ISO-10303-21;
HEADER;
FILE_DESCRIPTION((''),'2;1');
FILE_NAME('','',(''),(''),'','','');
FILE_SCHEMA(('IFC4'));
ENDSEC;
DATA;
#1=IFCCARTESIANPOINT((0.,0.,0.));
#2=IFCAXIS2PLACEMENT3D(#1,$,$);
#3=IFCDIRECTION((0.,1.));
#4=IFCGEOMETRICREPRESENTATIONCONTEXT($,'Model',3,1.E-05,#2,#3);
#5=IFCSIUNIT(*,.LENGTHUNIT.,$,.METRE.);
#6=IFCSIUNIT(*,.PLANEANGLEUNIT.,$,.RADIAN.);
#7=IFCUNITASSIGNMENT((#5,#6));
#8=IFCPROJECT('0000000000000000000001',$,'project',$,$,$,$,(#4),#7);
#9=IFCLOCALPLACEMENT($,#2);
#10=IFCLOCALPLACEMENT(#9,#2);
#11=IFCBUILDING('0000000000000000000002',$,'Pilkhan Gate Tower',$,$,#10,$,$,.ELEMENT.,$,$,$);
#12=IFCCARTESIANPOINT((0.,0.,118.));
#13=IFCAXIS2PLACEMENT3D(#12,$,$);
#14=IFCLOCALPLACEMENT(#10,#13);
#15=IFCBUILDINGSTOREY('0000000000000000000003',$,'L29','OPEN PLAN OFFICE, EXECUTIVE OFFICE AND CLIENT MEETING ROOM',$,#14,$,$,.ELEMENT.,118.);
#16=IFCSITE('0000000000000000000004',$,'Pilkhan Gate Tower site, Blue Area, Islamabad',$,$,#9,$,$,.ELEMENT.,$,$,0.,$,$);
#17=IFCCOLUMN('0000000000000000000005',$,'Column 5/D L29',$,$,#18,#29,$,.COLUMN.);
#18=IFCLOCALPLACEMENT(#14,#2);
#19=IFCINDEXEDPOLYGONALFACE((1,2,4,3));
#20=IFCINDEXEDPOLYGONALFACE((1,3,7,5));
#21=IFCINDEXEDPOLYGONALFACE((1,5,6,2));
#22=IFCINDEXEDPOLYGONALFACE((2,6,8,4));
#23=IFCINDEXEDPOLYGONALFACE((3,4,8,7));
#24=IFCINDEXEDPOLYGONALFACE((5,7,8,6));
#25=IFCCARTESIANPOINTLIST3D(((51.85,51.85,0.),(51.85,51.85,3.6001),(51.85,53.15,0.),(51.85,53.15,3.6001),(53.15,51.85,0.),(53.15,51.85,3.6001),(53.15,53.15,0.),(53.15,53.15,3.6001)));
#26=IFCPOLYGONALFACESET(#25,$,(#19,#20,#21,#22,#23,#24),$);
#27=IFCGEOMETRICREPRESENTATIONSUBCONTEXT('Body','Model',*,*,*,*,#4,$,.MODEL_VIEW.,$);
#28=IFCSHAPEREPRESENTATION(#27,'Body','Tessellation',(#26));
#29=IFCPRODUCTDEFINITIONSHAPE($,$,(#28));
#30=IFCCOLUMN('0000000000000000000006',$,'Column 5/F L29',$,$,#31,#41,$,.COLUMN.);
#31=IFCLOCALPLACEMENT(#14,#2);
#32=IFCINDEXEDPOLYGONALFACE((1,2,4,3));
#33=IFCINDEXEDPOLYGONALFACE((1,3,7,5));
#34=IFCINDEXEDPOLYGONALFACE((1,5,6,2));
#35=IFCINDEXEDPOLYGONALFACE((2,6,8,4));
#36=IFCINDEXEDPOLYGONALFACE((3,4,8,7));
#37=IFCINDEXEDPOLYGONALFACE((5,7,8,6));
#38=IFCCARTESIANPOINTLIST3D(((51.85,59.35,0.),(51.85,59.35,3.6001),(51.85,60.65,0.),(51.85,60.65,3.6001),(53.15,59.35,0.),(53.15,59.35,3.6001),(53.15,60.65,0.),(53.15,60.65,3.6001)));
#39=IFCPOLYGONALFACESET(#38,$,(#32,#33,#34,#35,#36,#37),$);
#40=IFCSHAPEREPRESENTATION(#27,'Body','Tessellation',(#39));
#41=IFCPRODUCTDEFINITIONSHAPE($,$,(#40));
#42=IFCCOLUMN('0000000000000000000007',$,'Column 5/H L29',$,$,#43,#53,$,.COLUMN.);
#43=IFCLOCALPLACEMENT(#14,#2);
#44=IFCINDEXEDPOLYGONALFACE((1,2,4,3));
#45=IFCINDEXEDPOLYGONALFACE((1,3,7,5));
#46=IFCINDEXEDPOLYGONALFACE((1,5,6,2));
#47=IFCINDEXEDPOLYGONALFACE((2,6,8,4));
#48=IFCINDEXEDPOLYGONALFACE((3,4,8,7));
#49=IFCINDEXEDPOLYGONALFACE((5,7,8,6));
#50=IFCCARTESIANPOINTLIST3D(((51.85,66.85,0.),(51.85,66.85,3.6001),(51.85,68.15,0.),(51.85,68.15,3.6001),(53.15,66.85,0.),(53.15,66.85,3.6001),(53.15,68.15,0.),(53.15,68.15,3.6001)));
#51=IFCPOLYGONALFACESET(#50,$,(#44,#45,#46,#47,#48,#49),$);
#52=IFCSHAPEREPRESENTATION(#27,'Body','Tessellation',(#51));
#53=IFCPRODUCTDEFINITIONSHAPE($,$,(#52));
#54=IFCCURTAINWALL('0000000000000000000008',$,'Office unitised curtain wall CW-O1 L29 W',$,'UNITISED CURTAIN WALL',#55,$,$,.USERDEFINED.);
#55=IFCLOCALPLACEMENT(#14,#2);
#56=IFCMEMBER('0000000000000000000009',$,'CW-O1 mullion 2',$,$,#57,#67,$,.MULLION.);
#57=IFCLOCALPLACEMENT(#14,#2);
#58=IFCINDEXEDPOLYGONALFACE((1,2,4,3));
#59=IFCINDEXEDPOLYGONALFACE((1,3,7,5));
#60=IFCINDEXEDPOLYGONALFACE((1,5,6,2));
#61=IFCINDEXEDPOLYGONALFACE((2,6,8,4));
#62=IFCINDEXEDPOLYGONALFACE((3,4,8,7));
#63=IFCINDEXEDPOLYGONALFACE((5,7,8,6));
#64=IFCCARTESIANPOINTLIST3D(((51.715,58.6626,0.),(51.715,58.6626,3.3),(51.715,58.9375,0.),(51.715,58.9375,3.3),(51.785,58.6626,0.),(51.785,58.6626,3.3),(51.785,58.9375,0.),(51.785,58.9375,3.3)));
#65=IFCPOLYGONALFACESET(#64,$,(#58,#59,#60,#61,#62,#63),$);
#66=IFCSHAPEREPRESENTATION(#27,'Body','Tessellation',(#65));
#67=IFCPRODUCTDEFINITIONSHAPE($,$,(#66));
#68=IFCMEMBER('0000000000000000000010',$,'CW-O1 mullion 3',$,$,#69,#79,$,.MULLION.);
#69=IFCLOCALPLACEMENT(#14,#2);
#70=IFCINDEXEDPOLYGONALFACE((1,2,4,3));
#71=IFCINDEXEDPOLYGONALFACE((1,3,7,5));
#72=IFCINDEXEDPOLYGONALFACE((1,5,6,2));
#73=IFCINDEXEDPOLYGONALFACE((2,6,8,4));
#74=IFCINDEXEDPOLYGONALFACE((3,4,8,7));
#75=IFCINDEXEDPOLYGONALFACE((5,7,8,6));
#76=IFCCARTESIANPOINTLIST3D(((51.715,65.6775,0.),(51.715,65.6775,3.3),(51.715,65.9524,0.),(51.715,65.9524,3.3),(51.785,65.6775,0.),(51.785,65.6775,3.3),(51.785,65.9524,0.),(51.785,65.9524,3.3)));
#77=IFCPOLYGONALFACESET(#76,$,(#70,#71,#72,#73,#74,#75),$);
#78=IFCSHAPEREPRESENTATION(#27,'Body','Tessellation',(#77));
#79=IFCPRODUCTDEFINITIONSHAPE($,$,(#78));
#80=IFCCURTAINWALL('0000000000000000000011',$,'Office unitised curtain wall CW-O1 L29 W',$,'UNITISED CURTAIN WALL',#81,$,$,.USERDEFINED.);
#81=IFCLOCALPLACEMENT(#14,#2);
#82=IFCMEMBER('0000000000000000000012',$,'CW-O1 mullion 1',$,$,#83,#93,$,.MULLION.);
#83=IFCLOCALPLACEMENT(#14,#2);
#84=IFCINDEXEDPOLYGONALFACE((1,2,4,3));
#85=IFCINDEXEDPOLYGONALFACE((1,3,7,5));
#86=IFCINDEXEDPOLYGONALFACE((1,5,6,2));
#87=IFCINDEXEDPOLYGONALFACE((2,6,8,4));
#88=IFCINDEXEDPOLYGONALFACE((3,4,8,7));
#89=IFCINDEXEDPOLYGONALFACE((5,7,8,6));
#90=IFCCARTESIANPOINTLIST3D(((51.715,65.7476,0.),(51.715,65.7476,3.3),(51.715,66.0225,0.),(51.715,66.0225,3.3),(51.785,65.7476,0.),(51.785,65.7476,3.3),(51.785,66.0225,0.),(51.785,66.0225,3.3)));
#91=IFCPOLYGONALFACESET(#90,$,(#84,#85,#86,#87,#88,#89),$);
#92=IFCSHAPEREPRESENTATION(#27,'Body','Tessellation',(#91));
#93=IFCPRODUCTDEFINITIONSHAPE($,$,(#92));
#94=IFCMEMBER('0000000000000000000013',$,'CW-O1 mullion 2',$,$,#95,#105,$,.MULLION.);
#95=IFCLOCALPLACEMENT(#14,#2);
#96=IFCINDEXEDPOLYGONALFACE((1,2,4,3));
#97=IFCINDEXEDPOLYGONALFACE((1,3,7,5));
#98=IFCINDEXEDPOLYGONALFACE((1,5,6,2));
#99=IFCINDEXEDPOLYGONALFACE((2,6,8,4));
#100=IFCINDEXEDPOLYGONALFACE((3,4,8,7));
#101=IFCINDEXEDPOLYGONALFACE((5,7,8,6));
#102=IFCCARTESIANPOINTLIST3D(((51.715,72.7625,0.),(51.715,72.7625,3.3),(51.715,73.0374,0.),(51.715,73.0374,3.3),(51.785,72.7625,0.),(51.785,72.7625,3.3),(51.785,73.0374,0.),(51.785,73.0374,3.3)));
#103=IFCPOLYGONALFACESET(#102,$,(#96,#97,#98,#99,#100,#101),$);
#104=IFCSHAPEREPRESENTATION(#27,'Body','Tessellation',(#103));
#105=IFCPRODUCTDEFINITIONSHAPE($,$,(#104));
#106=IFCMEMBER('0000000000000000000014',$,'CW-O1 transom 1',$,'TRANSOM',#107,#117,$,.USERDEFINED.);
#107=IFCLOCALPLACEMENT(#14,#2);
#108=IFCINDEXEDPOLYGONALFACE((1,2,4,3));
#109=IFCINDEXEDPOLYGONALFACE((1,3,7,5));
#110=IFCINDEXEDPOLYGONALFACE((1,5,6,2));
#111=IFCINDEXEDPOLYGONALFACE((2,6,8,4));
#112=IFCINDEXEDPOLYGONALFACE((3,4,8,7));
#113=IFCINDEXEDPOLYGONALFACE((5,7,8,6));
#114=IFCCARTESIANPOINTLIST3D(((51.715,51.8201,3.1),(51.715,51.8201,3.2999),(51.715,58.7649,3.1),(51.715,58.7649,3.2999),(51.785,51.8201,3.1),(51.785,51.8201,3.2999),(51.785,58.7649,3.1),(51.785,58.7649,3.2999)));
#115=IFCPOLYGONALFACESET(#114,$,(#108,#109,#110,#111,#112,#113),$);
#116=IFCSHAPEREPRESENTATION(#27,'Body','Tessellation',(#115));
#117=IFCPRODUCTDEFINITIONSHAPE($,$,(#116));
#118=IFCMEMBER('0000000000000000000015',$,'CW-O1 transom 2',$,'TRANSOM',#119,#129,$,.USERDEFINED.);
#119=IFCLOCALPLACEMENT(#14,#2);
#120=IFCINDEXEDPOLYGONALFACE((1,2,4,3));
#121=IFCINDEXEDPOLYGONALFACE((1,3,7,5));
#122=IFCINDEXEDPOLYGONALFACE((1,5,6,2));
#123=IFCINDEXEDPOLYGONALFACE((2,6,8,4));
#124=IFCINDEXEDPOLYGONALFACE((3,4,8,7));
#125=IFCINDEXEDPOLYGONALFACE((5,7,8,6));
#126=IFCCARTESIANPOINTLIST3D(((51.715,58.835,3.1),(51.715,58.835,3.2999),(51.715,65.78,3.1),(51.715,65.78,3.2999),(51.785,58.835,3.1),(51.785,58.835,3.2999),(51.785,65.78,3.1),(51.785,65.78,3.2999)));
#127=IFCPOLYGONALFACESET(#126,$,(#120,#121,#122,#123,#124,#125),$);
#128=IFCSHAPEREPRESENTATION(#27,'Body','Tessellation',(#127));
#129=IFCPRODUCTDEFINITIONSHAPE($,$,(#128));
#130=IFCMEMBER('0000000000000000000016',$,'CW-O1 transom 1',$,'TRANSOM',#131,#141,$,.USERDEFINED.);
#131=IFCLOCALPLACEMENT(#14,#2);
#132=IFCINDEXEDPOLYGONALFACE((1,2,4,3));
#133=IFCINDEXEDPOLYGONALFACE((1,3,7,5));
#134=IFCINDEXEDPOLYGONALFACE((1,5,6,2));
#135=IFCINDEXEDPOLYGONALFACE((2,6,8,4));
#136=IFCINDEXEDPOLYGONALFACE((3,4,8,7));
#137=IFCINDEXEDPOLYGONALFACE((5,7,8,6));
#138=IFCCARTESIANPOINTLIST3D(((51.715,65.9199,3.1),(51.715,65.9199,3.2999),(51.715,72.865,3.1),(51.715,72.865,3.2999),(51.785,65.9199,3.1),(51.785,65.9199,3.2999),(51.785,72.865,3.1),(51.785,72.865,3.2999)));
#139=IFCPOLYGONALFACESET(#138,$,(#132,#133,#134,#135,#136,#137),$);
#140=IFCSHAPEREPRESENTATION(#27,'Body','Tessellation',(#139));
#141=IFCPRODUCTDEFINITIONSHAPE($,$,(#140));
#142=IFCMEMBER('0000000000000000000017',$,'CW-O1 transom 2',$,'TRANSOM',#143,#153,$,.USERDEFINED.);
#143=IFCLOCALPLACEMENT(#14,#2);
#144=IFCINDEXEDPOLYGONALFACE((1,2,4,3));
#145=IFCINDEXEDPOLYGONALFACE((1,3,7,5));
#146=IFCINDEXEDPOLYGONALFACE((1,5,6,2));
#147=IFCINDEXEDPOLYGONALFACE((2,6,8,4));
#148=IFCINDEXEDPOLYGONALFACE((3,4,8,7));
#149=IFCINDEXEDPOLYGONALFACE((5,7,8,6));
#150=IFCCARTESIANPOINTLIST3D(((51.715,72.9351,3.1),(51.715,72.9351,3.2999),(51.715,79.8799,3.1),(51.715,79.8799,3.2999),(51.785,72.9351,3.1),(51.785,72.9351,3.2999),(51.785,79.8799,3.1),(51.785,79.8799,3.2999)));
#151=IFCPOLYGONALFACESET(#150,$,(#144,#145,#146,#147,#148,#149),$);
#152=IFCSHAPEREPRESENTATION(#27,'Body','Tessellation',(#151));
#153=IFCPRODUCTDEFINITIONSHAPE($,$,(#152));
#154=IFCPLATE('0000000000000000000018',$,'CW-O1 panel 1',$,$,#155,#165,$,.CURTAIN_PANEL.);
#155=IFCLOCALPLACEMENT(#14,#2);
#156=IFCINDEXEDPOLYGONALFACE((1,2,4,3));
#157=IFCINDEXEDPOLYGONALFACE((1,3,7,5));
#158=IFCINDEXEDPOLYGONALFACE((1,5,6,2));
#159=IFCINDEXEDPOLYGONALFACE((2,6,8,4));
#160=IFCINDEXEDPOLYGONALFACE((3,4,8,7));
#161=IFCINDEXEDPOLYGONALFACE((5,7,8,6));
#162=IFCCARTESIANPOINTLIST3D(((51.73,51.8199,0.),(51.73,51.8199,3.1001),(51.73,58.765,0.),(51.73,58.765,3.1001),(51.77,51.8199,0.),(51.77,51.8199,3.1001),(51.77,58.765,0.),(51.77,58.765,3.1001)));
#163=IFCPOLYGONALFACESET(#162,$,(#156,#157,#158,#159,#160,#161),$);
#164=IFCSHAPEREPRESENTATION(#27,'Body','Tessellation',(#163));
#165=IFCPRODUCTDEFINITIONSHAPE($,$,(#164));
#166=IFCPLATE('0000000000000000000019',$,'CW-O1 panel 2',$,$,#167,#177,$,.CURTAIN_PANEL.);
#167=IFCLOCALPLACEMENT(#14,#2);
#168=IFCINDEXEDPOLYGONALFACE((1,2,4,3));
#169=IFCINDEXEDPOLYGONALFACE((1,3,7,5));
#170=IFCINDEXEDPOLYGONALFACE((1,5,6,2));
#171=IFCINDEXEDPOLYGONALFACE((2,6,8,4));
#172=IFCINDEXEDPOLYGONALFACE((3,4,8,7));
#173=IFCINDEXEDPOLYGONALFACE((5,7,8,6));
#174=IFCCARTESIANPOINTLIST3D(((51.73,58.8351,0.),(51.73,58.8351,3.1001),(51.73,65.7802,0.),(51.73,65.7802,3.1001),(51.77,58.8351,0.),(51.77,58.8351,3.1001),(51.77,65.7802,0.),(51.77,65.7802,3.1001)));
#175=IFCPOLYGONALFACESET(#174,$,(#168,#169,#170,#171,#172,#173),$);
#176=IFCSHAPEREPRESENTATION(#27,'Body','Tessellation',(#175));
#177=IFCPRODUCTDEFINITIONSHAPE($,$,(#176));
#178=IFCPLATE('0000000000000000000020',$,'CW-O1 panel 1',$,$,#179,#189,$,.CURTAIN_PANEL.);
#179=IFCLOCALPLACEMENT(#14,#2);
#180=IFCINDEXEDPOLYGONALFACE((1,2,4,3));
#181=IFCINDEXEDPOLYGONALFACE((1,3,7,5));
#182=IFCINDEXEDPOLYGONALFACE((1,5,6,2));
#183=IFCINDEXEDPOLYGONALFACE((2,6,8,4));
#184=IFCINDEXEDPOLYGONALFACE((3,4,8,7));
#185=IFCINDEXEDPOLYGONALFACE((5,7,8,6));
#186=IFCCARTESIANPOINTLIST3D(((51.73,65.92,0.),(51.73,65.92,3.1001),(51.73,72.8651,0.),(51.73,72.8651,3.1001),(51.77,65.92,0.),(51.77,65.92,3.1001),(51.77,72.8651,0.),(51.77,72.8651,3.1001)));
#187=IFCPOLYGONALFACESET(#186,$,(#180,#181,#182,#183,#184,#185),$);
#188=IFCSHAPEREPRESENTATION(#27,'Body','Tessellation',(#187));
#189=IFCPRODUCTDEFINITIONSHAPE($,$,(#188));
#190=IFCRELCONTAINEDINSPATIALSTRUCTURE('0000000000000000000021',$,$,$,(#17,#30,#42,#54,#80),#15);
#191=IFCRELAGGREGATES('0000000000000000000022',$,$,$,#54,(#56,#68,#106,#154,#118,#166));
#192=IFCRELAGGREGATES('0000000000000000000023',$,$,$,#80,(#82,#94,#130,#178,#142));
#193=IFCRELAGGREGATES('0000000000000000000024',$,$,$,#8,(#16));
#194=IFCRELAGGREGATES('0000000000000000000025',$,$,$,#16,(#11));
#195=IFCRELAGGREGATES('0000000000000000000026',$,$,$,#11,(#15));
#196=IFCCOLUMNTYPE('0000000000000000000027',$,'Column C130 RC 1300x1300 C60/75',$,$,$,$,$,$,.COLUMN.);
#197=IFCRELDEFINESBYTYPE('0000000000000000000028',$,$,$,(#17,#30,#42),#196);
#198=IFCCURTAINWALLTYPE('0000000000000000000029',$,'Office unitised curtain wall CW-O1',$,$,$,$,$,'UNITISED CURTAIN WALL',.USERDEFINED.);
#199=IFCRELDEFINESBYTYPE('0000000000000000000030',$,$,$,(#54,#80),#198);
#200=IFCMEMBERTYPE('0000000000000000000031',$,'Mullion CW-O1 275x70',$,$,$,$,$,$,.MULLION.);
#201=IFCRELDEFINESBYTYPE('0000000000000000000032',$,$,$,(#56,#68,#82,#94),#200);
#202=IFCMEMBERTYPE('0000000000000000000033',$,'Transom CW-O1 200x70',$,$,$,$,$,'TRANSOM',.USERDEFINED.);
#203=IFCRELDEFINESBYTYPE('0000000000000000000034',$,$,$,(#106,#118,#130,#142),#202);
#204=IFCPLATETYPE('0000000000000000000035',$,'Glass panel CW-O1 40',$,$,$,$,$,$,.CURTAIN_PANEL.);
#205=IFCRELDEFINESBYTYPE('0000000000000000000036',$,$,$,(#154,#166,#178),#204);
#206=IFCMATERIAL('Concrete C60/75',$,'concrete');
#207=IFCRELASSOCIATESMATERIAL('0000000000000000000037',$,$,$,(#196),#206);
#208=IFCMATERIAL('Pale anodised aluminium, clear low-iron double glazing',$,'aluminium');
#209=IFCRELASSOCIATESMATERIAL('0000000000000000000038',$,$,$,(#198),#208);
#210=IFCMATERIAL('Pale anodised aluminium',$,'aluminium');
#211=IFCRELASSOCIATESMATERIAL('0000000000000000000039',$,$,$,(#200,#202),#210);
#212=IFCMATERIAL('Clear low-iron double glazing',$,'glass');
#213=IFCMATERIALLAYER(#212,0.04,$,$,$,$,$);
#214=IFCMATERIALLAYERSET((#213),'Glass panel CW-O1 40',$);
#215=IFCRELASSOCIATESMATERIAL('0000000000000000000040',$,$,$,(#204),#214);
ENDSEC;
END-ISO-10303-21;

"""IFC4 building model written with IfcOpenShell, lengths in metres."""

from ifc_helpers import new_model, si_unit, direction, frame, origin, origin_2d, place, context, subcontext, project, spatial, rectangle, extrude, material, layer, layer_set, material_profile, profile_set, type_object, element, aggregate, save


model = new_model("IFC4")

# Units and contexts
model_context = context("Model", 3, precision=1e-05, world=origin(), true_north=direction((0.0, 1.0)))
body_context = subcontext(model_context, "Body", "Model", "MODEL_VIEW")
ifc_project = project(units=[si_unit("LENGTHUNIT", "METRE"), si_unit("PLANEANGLEUNIT", "RADIAN")], contexts=[model_context])

# Site, building, storey
site_placement = place(None, origin())
site = spatial("IfcSite", under=ifc_project, at=site_placement, Name="Pilkhan Gate Tower site, Blue Area, Islamabad", CompositionType="ELEMENT", RefElevation=0.0)
building_placement = place(site_placement, origin())
building = spatial("IfcBuilding", under=site, at=building_placement, Name="Pilkhan Gate Tower", CompositionType="ELEMENT")
storey_placement = place(building_placement, frame((0.0, 0.0, 118.0)))
storey = spatial("IfcBuildingStorey", under=building, at=storey_placement, Name="L29", Description="OPEN PLAN OFFICE, EXECUTIVE OFFICE AND CLIENT MEETING ROOM", CompositionType="ELEMENT", Elevation=118.0)

# Columns
ifc_material_1 = material(Name="Concrete C60/75", Category="concrete")
ifc_material_profile_1 = material_profile(ifc_material_1, rectangle(XDim=1.3, YDim=1.3, at=origin_2d()), Name="RC 1300x1300")
ifc_profile_set_1 = profile_set([ifc_material_profile_1], Name="Concrete C60/75")
column_type = type_object("IfcColumnType", Name="Column C130 RC 1300x1300 C60/75", PredefinedType="COLUMN", material=ifc_profile_set_1)
for number, where, z_axis, x_axis, name in (
    (1, (52.5, 52.5, 0.0), (0.0, 0.0, 1.0), (1.0, 0.0, 0.0), "Column 5/D L29"),
    (2, (52.5, 60.0, 0.0), (0.0, 0.0, 1.0), (1.0, 0.0, 0.0), "Column 5/F L29"),
    (3, (52.5, 67.5, 0.0), (0.0, 0.0, 1.0), (1.0, 0.0, 0.0), "Column 5/H L29"),
):
    element("IfcColumn", number, at=place(storey_placement, frame(where, z_axis=z_axis, x_axis=x_axis)), inside=storey, type_object=column_type, Name=name, PredefinedType="COLUMN", context=body_context, shape_type="SweptSolid", body=[
        extrude(rectangle(XDim=1.3, YDim=1.3, at=origin_2d()), origin(), (0.0, 0.0, 1.0), 3.6001),
    ])

# Curtain walls, members
ifc_material_2 = material(Name="Pale anodised aluminium, clear low-iron double glazing", Category="aluminium")
curtain_wall_type = type_object("IfcCurtainWallType", Name="Office unitised curtain wall CW-O1", ElementType="UNITISED CURTAIN WALL", PredefinedType="USERDEFINED", material=ifc_material_2)
curtain_wall_1_placement = place(storey_placement, origin())
curtain_wall_1 = element("IfcCurtainWall", 4, at=curtain_wall_1_placement, inside=storey, type_object=curtain_wall_type, Name="Office unitised curtain wall CW-O1 L29 W", ObjectType="UNITISED CURTAIN WALL", PredefinedType="USERDEFINED")
ifc_material_3 = material(Name="Pale anodised aluminium", Category="aluminium")
ifc_material_profile_2 = material_profile(ifc_material_3, rectangle(XDim=0.0701, YDim=0.2749, at=origin_2d()), Name="Mullion 275x70")
ifc_profile_set_2 = profile_set([ifc_material_profile_2], Name="Pale anodised aluminium")
member_type_1 = type_object("IfcMemberType", Name="Mullion CW-O1 275x70", PredefinedType="MULLION", material=ifc_profile_set_2)
member_1_placement = place(storey_placement, frame((51.75, 58.8, 0.0), z_axis=(0.0, 0.0, 1.0), x_axis=(-1.0, 0.0, 0.0)))
member_1 = element("IfcMember", 5, at=member_1_placement, type_object=member_type_1, Name="CW-O1 mullion 2", PredefinedType="MULLION", context=body_context, shape_type="SweptSolid", body=[
    extrude(rectangle(XDim=0.0701, YDim=0.2749, at=origin_2d()), origin(), (0.0, 0.0, 1.0), 3.3),
])
member_2_placement = place(storey_placement, frame((51.75, 65.8149, 0.0), z_axis=(0.0, 0.0, 1.0), x_axis=(-1.0, 0.0, 0.0)))
member_2 = element("IfcMember", 6, at=member_2_placement, type_object=member_type_1, Name="CW-O1 mullion 3", PredefinedType="MULLION", context=body_context, shape_type="SweptSolid", body=[
    extrude(rectangle(XDim=0.0701, YDim=0.2749, at=origin_2d()), origin(), (0.0, 0.0, 1.0), 3.3),
])
curtain_wall_2_placement = place(storey_placement, origin())
curtain_wall_2 = element("IfcCurtainWall", 7, at=curtain_wall_2_placement, inside=storey, type_object=curtain_wall_type, Name="Office unitised curtain wall CW-O1 L29 W", ObjectType="UNITISED CURTAIN WALL", PredefinedType="USERDEFINED")
member_3_placement = place(storey_placement, frame((51.75, 65.885, 0.0), z_axis=(0.0, 0.0, 1.0), x_axis=(-1.0, 0.0, 0.0)))
member_3 = element("IfcMember", 8, at=member_3_placement, type_object=member_type_1, Name="CW-O1 mullion 1", PredefinedType="MULLION", context=body_context, shape_type="SweptSolid", body=[
    extrude(rectangle(XDim=0.0701, YDim=0.2749, at=origin_2d()), origin(), (0.0, 0.0, 1.0), 3.3),
])
member_4_placement = place(storey_placement, frame((51.75, 72.8999, 0.0), z_axis=(0.0, 0.0, 1.0), x_axis=(-1.0, 0.0, 0.0)))
member_4 = element("IfcMember", 9, at=member_4_placement, type_object=member_type_1, Name="CW-O1 mullion 2", PredefinedType="MULLION", context=body_context, shape_type="SweptSolid", body=[
    extrude(rectangle(XDim=0.0701, YDim=0.2749, at=origin_2d()), origin(), (0.0, 0.0, 1.0), 3.3),
])

# Members
ifc_material_profile_3 = material_profile(ifc_material_3, rectangle(XDim=0.0701, YDim=0.2, at=origin_2d()), Name="Transom 200x70")
ifc_profile_set_3 = profile_set([ifc_material_profile_3], Name="Pale anodised aluminium")
member_type_2 = type_object("IfcMemberType", Name="Transom CW-O1 200x70", ElementType="TRANSOM", PredefinedType="USERDEFINED", material=ifc_profile_set_3)
member_5_placement = place(storey_placement, frame((51.75, 51.8201, 3.2), z_axis=(0.0, 1.0, 0.0), x_axis=(-1.0, 0.0, 0.0)))
member_5 = element("IfcMember", 10, at=member_5_placement, type_object=member_type_2, Name="CW-O1 transom 1", ObjectType="TRANSOM", PredefinedType="USERDEFINED", context=body_context, shape_type="SweptSolid", body=[
    extrude(rectangle(XDim=0.0701, YDim=0.2, at=origin_2d()), origin(), (0.0, 0.0, 1.0), 6.9448),
])
member_6_placement = place(storey_placement, frame((51.75, 58.835, 3.2), z_axis=(0.0, 1.0, 0.0), x_axis=(-1.0, 0.0, 0.0)))
member_6 = element("IfcMember", 11, at=member_6_placement, type_object=member_type_2, Name="CW-O1 transom 2", ObjectType="TRANSOM", PredefinedType="USERDEFINED", context=body_context, shape_type="SweptSolid", body=[
    extrude(rectangle(XDim=0.0701, YDim=0.2, at=origin_2d()), origin(), (0.0, 0.0, 1.0), 6.9451),
])
member_7_placement = place(storey_placement, frame((51.75, 65.9199, 3.2), z_axis=(0.0, 1.0, 0.0), x_axis=(-1.0, 0.0, 0.0)))
member_7 = element("IfcMember", 12, at=member_7_placement, type_object=member_type_2, Name="CW-O1 transom 1", ObjectType="TRANSOM", PredefinedType="USERDEFINED", context=body_context, shape_type="SweptSolid", body=[
    extrude(rectangle(XDim=0.0701, YDim=0.2, at=origin_2d()), origin(), (0.0, 0.0, 1.0), 6.9451),
])
member_8_placement = place(storey_placement, frame((51.75, 72.9351, 3.2), z_axis=(0.0, 1.0, 0.0), x_axis=(-1.0, 0.0, 0.0)))
member_8 = element("IfcMember", 13, at=member_8_placement, type_object=member_type_2, Name="CW-O1 transom 2", ObjectType="TRANSOM", PredefinedType="USERDEFINED", context=body_context, shape_type="SweptSolid", body=[
    extrude(rectangle(XDim=0.0701, YDim=0.2, at=origin_2d()), origin(), (0.0, 0.0, 1.0), 6.9448),
])

# Plates
ifc_material_4 = material(Name="Clear low-iron double glazing", Category="glass")
ifc_layer_1 = layer(ifc_material_4, 0.04)
ifc_layer_set_1 = layer_set([ifc_layer_1], Name="Glass panel CW-O1 40")
plate_type = type_object("IfcPlateType", Name="Glass panel CW-O1 40", PredefinedType="CURTAIN_PANEL", material=ifc_layer_set_1)
plate_1_placement = place(storey_placement, frame((51.75, 55.2925, 0.0), z_axis=(0.0, 0.0, 1.0), x_axis=(0.0, 1.0, 0.0)))
plate_1 = element("IfcPlate", 14, at=plate_1_placement, type_object=plate_type, Name="CW-O1 panel 1", PredefinedType="CURTAIN_PANEL", context=body_context, shape_type="SweptSolid", body=[
    extrude(rectangle(XDim=6.9451, YDim=0.04, at=origin_2d()), origin(), (0.0, 0.0, 1.0), 3.1001),
])
plate_2_placement = place(storey_placement, frame((51.75, 62.3076, 0.0), z_axis=(0.0, 0.0, 1.0), x_axis=(0.0, 1.0, 0.0)))
plate_2 = element("IfcPlate", 15, at=plate_2_placement, type_object=plate_type, Name="CW-O1 panel 2", PredefinedType="CURTAIN_PANEL", context=body_context, shape_type="SweptSolid", body=[
    extrude(rectangle(XDim=6.9451, YDim=0.04, at=origin_2d()), origin(), (0.0, 0.0, 1.0), 3.1001),
])
aggregate(curtain_wall_1, [member_1, member_2, member_5, plate_1, member_6, plate_2])
plate_3_placement = place(storey_placement, frame((51.75, 69.3926, 0.0), z_axis=(0.0, 0.0, 1.0), x_axis=(0.0, 1.0, 0.0)))
plate_3 = element("IfcPlate", 16, at=plate_3_placement, type_object=plate_type, Name="CW-O1 panel 1", PredefinedType="CURTAIN_PANEL", context=body_context, shape_type="SweptSolid", body=[
    extrude(rectangle(XDim=6.9451, YDim=0.04, at=origin_2d()), origin(), (0.0, 0.0, 1.0), 3.1001),
])
aggregate(curtain_wall_2, [member_3, member_4, member_7, plate_3, member_8])

save(model, "model.ifc")
